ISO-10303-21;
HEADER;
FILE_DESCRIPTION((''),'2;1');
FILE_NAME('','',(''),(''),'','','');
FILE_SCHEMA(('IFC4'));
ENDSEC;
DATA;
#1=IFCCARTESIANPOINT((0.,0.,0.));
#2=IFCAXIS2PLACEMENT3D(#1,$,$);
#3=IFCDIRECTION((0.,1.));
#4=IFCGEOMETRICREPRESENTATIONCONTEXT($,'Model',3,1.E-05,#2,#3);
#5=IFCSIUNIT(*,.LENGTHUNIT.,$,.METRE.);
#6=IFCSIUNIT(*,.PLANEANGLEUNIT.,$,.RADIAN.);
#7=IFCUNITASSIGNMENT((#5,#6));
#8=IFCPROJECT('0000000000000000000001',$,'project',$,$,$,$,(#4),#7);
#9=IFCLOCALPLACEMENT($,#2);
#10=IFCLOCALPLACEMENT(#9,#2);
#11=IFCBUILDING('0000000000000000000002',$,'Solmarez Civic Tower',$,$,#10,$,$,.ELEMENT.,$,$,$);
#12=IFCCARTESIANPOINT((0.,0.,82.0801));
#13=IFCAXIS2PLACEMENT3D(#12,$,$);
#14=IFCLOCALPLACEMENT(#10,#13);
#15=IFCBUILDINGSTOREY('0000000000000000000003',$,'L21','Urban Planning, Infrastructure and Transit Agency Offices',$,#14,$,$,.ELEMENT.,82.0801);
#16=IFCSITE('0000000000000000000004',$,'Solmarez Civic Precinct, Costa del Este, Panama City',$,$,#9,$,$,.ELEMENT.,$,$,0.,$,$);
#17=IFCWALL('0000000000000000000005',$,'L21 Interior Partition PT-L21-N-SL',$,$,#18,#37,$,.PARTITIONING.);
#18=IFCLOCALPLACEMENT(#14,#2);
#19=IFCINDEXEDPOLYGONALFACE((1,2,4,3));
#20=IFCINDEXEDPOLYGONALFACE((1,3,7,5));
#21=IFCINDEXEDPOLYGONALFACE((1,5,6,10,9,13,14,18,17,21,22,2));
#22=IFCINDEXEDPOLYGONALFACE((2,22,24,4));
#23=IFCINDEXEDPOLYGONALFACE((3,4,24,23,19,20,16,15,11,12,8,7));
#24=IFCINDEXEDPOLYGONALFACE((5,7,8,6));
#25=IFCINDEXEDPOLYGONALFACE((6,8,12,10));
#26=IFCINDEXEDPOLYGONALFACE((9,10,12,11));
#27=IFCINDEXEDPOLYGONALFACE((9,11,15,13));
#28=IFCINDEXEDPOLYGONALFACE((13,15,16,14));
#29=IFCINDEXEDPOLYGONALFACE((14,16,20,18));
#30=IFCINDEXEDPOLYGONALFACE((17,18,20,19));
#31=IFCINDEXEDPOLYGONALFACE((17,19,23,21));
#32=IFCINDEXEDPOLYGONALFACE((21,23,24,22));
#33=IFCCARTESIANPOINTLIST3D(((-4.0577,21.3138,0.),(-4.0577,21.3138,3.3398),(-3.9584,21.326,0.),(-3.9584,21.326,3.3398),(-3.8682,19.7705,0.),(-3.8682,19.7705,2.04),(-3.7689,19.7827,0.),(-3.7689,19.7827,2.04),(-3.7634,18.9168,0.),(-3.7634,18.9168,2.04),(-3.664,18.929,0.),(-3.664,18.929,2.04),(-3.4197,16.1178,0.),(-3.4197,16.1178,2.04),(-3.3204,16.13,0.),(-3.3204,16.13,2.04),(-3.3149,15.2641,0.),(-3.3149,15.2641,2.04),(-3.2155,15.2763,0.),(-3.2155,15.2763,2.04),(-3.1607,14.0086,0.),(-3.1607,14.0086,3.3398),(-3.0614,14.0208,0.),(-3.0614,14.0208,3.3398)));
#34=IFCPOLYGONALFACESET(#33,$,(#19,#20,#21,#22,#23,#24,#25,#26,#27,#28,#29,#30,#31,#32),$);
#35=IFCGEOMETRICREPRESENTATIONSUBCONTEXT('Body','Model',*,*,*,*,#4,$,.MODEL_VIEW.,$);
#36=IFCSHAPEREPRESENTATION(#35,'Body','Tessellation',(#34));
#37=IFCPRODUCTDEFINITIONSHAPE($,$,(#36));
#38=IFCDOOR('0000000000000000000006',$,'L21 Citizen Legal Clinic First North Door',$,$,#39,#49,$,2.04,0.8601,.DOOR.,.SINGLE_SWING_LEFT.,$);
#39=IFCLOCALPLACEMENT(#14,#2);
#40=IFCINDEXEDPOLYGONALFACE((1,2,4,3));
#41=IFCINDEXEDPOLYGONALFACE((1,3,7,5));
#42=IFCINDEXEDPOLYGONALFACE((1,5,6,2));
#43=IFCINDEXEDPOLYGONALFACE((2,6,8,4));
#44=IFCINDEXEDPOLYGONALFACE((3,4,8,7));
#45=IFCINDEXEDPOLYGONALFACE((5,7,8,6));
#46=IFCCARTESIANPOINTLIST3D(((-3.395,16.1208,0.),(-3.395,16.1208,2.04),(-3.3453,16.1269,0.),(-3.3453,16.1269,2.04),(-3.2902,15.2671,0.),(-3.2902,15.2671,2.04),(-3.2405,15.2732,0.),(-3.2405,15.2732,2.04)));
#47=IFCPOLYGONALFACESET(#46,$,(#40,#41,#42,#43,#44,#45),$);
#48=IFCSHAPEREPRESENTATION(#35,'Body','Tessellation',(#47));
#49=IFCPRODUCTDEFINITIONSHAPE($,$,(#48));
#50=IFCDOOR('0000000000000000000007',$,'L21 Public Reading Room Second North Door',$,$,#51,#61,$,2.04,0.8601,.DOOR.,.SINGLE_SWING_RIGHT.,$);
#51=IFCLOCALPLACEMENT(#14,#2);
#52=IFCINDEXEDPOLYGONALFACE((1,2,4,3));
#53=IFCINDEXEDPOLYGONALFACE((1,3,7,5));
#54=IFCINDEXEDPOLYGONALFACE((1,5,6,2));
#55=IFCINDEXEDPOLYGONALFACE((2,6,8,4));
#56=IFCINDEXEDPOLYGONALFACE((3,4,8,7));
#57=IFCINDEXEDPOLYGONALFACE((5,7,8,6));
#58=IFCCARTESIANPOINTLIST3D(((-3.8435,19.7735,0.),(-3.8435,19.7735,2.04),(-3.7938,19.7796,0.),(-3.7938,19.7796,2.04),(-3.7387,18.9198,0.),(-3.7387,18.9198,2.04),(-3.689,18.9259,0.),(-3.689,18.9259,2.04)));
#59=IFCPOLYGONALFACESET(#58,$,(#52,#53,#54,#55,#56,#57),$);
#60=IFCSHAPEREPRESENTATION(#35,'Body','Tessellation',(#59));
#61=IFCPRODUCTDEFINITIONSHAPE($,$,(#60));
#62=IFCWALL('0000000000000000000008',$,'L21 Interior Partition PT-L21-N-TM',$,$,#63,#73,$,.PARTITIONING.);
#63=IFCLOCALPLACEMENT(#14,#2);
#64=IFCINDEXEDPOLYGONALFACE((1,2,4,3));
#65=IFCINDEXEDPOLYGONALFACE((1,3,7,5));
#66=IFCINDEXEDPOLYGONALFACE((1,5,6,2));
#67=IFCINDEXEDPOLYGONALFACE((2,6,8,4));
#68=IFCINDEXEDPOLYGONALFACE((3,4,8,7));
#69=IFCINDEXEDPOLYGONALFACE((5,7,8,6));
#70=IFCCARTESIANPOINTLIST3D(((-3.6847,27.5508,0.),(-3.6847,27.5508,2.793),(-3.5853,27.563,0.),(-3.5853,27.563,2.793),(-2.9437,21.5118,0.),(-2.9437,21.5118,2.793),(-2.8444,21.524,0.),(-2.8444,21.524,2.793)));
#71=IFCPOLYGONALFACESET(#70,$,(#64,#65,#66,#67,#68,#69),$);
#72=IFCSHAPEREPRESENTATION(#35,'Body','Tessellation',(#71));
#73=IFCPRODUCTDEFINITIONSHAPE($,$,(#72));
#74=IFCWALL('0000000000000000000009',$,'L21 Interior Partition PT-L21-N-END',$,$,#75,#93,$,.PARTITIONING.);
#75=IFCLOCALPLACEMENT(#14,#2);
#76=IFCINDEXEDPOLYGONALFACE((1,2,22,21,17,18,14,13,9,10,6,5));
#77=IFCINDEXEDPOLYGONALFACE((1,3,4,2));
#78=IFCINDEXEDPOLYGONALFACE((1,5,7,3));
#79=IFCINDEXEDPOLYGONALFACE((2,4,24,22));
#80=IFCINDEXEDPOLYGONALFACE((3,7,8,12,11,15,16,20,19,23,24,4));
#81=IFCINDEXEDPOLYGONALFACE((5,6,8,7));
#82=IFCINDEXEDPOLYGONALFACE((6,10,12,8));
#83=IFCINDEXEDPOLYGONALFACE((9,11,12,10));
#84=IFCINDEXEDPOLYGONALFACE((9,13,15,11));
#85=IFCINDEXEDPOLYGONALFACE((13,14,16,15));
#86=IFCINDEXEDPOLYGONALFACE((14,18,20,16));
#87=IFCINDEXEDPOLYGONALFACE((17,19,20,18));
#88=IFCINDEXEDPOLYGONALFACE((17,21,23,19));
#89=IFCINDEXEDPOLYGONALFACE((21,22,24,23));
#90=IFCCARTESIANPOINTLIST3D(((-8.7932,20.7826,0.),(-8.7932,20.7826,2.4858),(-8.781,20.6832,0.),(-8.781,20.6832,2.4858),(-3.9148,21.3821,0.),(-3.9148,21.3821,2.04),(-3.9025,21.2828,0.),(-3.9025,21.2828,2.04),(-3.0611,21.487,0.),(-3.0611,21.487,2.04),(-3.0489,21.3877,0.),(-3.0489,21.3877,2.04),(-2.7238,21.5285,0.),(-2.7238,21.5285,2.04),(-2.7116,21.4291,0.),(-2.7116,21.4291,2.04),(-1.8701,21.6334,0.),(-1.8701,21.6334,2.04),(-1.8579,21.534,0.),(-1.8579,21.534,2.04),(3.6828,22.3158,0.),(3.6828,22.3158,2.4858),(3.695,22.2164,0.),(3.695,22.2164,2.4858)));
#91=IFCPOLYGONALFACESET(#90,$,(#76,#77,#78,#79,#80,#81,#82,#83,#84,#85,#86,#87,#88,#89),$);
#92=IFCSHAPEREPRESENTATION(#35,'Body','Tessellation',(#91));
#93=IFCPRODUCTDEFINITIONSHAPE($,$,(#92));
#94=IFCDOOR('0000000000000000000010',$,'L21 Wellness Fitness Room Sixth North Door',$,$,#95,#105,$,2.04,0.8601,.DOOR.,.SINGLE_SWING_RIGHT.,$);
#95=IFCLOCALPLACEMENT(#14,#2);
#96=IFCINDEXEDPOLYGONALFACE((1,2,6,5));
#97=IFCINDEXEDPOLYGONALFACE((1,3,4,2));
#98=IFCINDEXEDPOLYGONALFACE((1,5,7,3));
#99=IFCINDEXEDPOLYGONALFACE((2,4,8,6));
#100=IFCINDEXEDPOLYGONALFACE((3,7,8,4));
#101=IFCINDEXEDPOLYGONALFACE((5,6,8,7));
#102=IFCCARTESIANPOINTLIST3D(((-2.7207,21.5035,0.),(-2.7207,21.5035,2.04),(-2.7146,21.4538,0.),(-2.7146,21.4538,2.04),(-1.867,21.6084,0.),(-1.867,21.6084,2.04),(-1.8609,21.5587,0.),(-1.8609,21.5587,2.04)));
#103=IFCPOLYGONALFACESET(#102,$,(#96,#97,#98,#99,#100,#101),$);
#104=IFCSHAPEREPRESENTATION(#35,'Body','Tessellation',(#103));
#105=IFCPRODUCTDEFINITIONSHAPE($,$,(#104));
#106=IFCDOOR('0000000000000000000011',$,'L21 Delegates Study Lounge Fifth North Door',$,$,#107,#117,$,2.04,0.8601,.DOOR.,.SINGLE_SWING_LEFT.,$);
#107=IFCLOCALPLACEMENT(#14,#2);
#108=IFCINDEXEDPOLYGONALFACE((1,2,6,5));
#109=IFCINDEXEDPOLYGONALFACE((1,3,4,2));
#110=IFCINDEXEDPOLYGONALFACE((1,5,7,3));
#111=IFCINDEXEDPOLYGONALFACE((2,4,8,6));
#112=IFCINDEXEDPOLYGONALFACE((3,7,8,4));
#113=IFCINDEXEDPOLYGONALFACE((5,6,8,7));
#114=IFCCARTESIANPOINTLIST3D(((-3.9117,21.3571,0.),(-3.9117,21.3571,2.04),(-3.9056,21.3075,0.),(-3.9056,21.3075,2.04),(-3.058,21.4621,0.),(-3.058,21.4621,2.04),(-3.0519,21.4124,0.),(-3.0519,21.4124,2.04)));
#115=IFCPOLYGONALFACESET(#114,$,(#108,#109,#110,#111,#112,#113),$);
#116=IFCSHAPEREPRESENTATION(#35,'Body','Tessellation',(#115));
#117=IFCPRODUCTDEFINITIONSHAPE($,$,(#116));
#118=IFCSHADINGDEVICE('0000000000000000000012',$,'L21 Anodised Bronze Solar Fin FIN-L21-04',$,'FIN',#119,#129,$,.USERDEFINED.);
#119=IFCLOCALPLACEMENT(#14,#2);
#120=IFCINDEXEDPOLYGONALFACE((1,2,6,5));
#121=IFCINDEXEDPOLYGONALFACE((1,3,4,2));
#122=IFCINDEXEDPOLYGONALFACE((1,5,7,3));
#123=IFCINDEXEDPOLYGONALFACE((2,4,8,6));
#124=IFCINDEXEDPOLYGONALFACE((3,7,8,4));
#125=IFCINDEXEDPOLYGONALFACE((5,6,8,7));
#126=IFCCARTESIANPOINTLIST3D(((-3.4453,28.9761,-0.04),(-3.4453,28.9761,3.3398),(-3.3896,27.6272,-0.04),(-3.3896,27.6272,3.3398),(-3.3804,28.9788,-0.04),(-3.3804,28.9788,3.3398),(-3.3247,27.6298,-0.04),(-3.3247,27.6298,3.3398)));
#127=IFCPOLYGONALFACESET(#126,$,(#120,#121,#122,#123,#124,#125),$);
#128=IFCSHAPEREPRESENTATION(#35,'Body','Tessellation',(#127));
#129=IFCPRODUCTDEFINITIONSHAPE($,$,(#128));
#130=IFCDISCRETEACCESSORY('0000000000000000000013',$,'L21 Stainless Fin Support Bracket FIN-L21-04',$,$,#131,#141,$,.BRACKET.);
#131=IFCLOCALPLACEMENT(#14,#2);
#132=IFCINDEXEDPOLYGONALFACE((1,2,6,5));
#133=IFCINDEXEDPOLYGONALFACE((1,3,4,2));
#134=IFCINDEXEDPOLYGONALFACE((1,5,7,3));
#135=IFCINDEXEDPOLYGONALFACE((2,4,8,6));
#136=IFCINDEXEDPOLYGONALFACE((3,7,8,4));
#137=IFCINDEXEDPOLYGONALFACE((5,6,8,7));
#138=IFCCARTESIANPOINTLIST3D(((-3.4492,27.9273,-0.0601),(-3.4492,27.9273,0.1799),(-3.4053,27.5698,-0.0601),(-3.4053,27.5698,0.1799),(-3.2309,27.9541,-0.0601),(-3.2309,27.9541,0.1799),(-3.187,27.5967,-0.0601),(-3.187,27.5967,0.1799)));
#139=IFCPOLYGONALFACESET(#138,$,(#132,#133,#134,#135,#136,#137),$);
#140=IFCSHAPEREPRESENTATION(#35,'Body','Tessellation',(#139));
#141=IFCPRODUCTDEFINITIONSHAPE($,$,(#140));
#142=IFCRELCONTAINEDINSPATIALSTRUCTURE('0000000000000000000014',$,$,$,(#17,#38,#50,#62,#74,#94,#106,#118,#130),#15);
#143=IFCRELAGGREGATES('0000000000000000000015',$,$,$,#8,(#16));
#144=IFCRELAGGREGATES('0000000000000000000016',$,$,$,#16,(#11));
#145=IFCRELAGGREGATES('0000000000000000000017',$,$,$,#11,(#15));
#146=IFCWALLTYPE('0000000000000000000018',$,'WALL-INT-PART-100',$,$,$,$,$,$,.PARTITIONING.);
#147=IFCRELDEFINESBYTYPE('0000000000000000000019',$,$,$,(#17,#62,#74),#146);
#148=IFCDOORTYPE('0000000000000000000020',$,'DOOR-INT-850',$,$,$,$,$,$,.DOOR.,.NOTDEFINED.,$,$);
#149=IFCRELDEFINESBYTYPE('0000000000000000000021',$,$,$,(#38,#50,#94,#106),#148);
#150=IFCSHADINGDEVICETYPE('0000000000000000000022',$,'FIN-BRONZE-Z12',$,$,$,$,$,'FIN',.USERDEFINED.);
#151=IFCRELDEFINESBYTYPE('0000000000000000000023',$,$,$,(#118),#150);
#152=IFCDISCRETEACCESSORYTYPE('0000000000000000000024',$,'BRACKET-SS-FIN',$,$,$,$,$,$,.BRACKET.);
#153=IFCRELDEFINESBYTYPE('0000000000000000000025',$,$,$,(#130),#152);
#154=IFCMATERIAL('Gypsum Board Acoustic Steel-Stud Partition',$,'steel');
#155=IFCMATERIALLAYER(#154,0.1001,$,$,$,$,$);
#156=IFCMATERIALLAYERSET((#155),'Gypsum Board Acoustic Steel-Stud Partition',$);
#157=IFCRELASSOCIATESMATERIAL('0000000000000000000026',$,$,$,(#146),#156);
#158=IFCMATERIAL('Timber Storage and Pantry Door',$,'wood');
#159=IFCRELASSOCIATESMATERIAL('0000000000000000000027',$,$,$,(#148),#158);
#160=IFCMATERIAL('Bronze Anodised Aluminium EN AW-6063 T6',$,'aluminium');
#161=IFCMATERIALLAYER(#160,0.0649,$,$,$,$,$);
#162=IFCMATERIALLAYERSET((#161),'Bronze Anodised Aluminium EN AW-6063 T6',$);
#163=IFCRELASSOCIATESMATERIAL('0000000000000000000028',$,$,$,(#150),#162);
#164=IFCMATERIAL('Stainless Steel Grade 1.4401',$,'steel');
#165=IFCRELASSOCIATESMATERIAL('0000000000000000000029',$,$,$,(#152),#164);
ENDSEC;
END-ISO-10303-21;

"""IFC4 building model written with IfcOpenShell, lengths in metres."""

from ifc_helpers import new_model, si_unit, direction, frame, frame_2d, origin, origin_2d, place, context, subcontext, project, spatial, rectangle, extrude, material, layer, layer_set, type_object, element, fill, save


model = new_model("IFC4")

# Units and contexts
model_context = context("Model", 3, precision=1e-05, world=origin(), true_north=direction((0.0, 1.0)))
body_context = subcontext(model_context, "Body", "Model", "MODEL_VIEW")
ifc_project = project(units=[si_unit("LENGTHUNIT", "METRE"), si_unit("PLANEANGLEUNIT", "RADIAN")], contexts=[model_context])

# Site, building, storey
site_placement = place(None, origin())
site = spatial("IfcSite", under=ifc_project, at=site_placement, Name="Solmarez Civic Precinct, Costa del Este, Panama City", CompositionType="ELEMENT", RefElevation=0.0)
building_placement = place(site_placement, origin())
building = spatial("IfcBuilding", under=site, at=building_placement, Name="Solmarez Civic Tower", CompositionType="ELEMENT")
storey_placement = place(building_placement, frame((0.0, 0.0, 82.0801)))
storey = spatial("IfcBuildingStorey", under=building, at=storey_placement, Name="L21", Description="Urban Planning, Infrastructure and Transit Agency Offices", CompositionType="ELEMENT", Elevation=82.0801)

# Shared definitions
ifc_material_1 = material(Name="Bronze Anodised Aluminium EN AW-6063 T6", Category="aluminium")

# Wall, openings, doors
ifc_material_2 = material(Name="Gypsum Board Acoustic Steel-Stud Partition", Category="steel")
ifc_layer_1 = layer(ifc_material_2, 0.1001)
ifc_layer_set_1 = layer_set([ifc_layer_1], Name="Gypsum Board Acoustic Steel-Stud Partition")
wall_type = type_object("IfcWallType", Name="WALL-INT-PART-100", PredefinedType="PARTITIONING", material=ifc_layer_set_1)
wall_1_placement = place(storey_placement, frame((-4.0081, 21.3201, 0.0), z_axis=(0.0, 0.0, 1.0), x_axis=(0.121871, -0.992546, 0.0)))
wall_1 = element("IfcWall", 1, at=wall_1_placement, inside=storey, type_object=wall_type, Name="L21 Interior Partition PT-L21-N-SL", PredefinedType="PARTITIONING", context=body_context, shape_type="SweptSolid", body=[
    extrude(rectangle(XDim=7.3601, YDim=0.1001, at=frame_2d((3.6802, 0.0))), origin(), (0.0, 0.0, 1.0), 3.3398),
])
opening_1_placement = place(wall_1_placement, frame((5.2351, 0.0, 0.0)))
opening_1 = element("IfcOpeningElement", 2, at=opening_1_placement, cuts=wall_1, PredefinedType="OPENING", context=body_context, shape_type="SweptSolid", body=[
    extrude(rectangle(XDim=0.8601, YDim=2.04, at=frame_2d((0.4302, 1.02))), frame((0.0, 0.0601, 0.0), z_axis=(0.0, -1.0, 0.0), x_axis=(1.0, 0.0, 0.0)), (0.0, 0.0, 1.0), 0.1201),
])
opening_2_placement = place(wall_1_placement, frame((1.5549, 0.0, 0.0)))
opening_2 = element("IfcOpeningElement", 3, at=opening_2_placement, cuts=wall_1, PredefinedType="OPENING", context=body_context, shape_type="SweptSolid", body=[
    extrude(rectangle(XDim=0.8601, YDim=2.04, at=frame_2d((0.4302, 1.02))), frame((0.0, 0.0601, 0.0), z_axis=(0.0, -1.0, 0.0), x_axis=(1.0, 0.0, 0.0)), (0.0, 0.0, 1.0), 0.1201),
])
ifc_material_3 = material(Name="Timber Storage and Pantry Door", Category="wood")
door_type = type_object("IfcDoorType", Name="DOOR-INT-850", OperationType="NOTDEFINED", PredefinedType="DOOR", material=ifc_material_3)
door_1_placement = place(opening_1_placement, origin())
door_1 = element("IfcDoor", 4, at=door_1_placement, inside=storey, type_object=door_type, Name="L21 Citizen Legal Clinic First North Door", OperationType="SINGLE_SWING_LEFT", OverallHeight=2.04, OverallWidth=0.8601, PredefinedType="DOOR", context=body_context, shape_type="SweptSolid", body=[
    extrude(rectangle(XDim=0.8601, YDim=2.04, at=frame_2d((0.4302, 1.02))), frame((0.0, 0.0249, 0.0), z_axis=(0.0, -1.0, 0.0), x_axis=(1.0, 0.0, 0.0)), (0.0, 0.0, 1.0), 0.05),
])
fill(opening_1, door_1)
door_2_placement = place(opening_2_placement, origin())
door_2 = element("IfcDoor", 5, at=door_2_placement, inside=storey, type_object=door_type, Name="L21 Public Reading Room Second North Door", OperationType="SINGLE_SWING_RIGHT", OverallHeight=2.04, OverallWidth=0.8601, PredefinedType="DOOR", context=body_context, shape_type="SweptSolid", body=[
    extrude(rectangle(XDim=0.8601, YDim=2.04, at=frame_2d((0.4302, 1.02))), frame((0.0, 0.0249, 0.0), z_axis=(0.0, -1.0, 0.0), x_axis=(1.0, 0.0, 0.0)), (0.0, 0.0, 1.0), 0.05),
])
fill(opening_2, door_2)

# Wall
wall_2_placement = place(storey_placement, frame((-2.894, 21.5181, 0.0), z_axis=(0.0, 0.0, 1.0), x_axis=(-0.121787, 0.992556, 0.0)))
element("IfcWall", 6, at=wall_2_placement, inside=storey, type_object=wall_type, Name="L21 Interior Partition PT-L21-N-TM", PredefinedType="PARTITIONING", context=body_context, shape_type="SweptSolid", body=[
    extrude(rectangle(XDim=6.0842, YDim=0.1001, at=frame_2d((3.042, 0.0))), origin(), (0.0, 0.0, 1.0), 2.793),
])

# Wall, openings, doors
wall_3_placement = place(storey_placement, frame((-8.7871, 20.7329, 0.0), z_axis=(0.0, 0.0, 1.0), x_axis=(0.992533, 0.121974, 0.0)))
wall_3 = element("IfcWall", 7, at=wall_3_placement, inside=storey, type_object=wall_type, Name="L21 Interior Partition PT-L21-N-END", PredefinedType="PARTITIONING", context=body_context, shape_type="SweptSolid", body=[
    extrude(rectangle(XDim=12.5698, YDim=0.1001, at=frame_2d((6.2849, 0.0))), origin(), (0.0, 0.0, 1.0), 2.4858),
])
opening_3_placement = place(wall_3_placement, frame((6.115, 0.0, 0.0)))
opening_3 = element("IfcOpeningElement", 8, at=opening_3_placement, cuts=wall_3, PredefinedType="OPENING", context=body_context, shape_type="SweptSolid", body=[
    extrude(rectangle(XDim=0.8601, YDim=2.04, at=frame_2d((0.4302, 1.02))), frame((0.0, 0.0601, 0.0), z_axis=(0.0, -1.0, 0.0), x_axis=(1.0, 0.0, 0.0)), (0.0, 0.0, 1.0), 0.1201),
])
opening_4_placement = place(wall_3_placement, frame((4.915, 0.0, 0.0)))
opening_4 = element("IfcOpeningElement", 9, at=opening_4_placement, cuts=wall_3, PredefinedType="OPENING", context=body_context, shape_type="SweptSolid", body=[
    extrude(rectangle(XDim=0.8601, YDim=2.04, at=frame_2d((0.4302, 1.02))), frame((0.0, 0.0601, 0.0), z_axis=(0.0, -1.0, 0.0), x_axis=(1.0, 0.0, 0.0)), (0.0, 0.0, 1.0), 0.1201),
])
door_3_placement = place(opening_3_placement, origin())
door_3 = element("IfcDoor", 10, at=door_3_placement, inside=storey, type_object=door_type, Name="L21 Wellness Fitness Room Sixth North Door", OperationType="SINGLE_SWING_RIGHT", OverallHeight=2.04, OverallWidth=0.8601, PredefinedType="DOOR", context=body_context, shape_type="SweptSolid", body=[
    extrude(rectangle(XDim=0.8601, YDim=2.04, at=frame_2d((0.4302, 1.02))), frame((0.0, 0.0249, 0.0), z_axis=(0.0, -1.0, 0.0), x_axis=(1.0, 0.0, 0.0)), (0.0, 0.0, 1.0), 0.05),
])
fill(opening_3, door_3)
door_4_placement = place(opening_4_placement, origin())
door_4 = element("IfcDoor", 11, at=door_4_placement, inside=storey, type_object=door_type, Name="L21 Delegates Study Lounge Fifth North Door", OperationType="SINGLE_SWING_LEFT", OverallHeight=2.04, OverallWidth=0.8601, PredefinedType="DOOR", context=body_context, shape_type="SweptSolid", body=[
    extrude(rectangle(XDim=0.8601, YDim=2.04, at=frame_2d((0.4302, 1.02))), frame((0.0, 0.0249, 0.0), z_axis=(0.0, -1.0, 0.0), x_axis=(1.0, 0.0, 0.0)), (0.0, 0.0, 1.0), 0.05),
])
fill(opening_4, door_4)

# Shading device
ifc_layer_2 = layer(ifc_material_1, 0.0649)
ifc_layer_set_2 = layer_set([ifc_layer_2], Name="Bronze Anodised Aluminium EN AW-6063 T6")
shading_device_type = type_object("IfcShadingDeviceType", Name="FIN-BRONZE-Z12", ElementType="FIN", PredefinedType="USERDEFINED", material=ifc_layer_set_2)
shading_device_placement = place(storey_placement, frame((-3.385, 28.303, -0.04), z_axis=(0.0, 0.0, 1.0), x_axis=(-0.04123, 0.99915, 0.0)))
element("IfcShadingDevice", 12, at=shading_device_placement, inside=storey, type_object=shading_device_type, Name="L21 Anodised Bronze Solar Fin FIN-L21-04", ObjectType="FIN", PredefinedType="USERDEFINED", context=body_context, shape_type="SweptSolid", body=[
    extrude(rectangle(XDim=1.3501, YDim=0.0649, at=origin_2d()), origin(), (0.0, 0.0, 1.0), 3.3799),
])

# Discrete accessory
ifc_material_4 = material(Name="Stainless Steel Grade 1.4401", Category="steel")
discrete_accessory_type = type_object("IfcDiscreteAccessoryType", Name="BRACKET-SS-FIN", PredefinedType="BRACKET", material=ifc_material_4)
discrete_accessory_placement = place(storey_placement, frame((-3.3181, 27.762, -0.0601), z_axis=(0.0, 0.0, 1.0), x_axis=(-0.121875, 0.992545, 0.0)))
element("IfcDiscreteAccessory", 13, at=discrete_accessory_placement, inside=storey, type_object=discrete_accessory_type, Name="L21 Stainless Fin Support Bracket FIN-L21-04", PredefinedType="BRACKET", context=body_context, shape_type="SweptSolid", body=[
    extrude(rectangle(XDim=0.3601, YDim=0.22, at=origin_2d()), origin(), (0.0, 0.0, 1.0), 0.24),
])

save(model, "model.ifc")
